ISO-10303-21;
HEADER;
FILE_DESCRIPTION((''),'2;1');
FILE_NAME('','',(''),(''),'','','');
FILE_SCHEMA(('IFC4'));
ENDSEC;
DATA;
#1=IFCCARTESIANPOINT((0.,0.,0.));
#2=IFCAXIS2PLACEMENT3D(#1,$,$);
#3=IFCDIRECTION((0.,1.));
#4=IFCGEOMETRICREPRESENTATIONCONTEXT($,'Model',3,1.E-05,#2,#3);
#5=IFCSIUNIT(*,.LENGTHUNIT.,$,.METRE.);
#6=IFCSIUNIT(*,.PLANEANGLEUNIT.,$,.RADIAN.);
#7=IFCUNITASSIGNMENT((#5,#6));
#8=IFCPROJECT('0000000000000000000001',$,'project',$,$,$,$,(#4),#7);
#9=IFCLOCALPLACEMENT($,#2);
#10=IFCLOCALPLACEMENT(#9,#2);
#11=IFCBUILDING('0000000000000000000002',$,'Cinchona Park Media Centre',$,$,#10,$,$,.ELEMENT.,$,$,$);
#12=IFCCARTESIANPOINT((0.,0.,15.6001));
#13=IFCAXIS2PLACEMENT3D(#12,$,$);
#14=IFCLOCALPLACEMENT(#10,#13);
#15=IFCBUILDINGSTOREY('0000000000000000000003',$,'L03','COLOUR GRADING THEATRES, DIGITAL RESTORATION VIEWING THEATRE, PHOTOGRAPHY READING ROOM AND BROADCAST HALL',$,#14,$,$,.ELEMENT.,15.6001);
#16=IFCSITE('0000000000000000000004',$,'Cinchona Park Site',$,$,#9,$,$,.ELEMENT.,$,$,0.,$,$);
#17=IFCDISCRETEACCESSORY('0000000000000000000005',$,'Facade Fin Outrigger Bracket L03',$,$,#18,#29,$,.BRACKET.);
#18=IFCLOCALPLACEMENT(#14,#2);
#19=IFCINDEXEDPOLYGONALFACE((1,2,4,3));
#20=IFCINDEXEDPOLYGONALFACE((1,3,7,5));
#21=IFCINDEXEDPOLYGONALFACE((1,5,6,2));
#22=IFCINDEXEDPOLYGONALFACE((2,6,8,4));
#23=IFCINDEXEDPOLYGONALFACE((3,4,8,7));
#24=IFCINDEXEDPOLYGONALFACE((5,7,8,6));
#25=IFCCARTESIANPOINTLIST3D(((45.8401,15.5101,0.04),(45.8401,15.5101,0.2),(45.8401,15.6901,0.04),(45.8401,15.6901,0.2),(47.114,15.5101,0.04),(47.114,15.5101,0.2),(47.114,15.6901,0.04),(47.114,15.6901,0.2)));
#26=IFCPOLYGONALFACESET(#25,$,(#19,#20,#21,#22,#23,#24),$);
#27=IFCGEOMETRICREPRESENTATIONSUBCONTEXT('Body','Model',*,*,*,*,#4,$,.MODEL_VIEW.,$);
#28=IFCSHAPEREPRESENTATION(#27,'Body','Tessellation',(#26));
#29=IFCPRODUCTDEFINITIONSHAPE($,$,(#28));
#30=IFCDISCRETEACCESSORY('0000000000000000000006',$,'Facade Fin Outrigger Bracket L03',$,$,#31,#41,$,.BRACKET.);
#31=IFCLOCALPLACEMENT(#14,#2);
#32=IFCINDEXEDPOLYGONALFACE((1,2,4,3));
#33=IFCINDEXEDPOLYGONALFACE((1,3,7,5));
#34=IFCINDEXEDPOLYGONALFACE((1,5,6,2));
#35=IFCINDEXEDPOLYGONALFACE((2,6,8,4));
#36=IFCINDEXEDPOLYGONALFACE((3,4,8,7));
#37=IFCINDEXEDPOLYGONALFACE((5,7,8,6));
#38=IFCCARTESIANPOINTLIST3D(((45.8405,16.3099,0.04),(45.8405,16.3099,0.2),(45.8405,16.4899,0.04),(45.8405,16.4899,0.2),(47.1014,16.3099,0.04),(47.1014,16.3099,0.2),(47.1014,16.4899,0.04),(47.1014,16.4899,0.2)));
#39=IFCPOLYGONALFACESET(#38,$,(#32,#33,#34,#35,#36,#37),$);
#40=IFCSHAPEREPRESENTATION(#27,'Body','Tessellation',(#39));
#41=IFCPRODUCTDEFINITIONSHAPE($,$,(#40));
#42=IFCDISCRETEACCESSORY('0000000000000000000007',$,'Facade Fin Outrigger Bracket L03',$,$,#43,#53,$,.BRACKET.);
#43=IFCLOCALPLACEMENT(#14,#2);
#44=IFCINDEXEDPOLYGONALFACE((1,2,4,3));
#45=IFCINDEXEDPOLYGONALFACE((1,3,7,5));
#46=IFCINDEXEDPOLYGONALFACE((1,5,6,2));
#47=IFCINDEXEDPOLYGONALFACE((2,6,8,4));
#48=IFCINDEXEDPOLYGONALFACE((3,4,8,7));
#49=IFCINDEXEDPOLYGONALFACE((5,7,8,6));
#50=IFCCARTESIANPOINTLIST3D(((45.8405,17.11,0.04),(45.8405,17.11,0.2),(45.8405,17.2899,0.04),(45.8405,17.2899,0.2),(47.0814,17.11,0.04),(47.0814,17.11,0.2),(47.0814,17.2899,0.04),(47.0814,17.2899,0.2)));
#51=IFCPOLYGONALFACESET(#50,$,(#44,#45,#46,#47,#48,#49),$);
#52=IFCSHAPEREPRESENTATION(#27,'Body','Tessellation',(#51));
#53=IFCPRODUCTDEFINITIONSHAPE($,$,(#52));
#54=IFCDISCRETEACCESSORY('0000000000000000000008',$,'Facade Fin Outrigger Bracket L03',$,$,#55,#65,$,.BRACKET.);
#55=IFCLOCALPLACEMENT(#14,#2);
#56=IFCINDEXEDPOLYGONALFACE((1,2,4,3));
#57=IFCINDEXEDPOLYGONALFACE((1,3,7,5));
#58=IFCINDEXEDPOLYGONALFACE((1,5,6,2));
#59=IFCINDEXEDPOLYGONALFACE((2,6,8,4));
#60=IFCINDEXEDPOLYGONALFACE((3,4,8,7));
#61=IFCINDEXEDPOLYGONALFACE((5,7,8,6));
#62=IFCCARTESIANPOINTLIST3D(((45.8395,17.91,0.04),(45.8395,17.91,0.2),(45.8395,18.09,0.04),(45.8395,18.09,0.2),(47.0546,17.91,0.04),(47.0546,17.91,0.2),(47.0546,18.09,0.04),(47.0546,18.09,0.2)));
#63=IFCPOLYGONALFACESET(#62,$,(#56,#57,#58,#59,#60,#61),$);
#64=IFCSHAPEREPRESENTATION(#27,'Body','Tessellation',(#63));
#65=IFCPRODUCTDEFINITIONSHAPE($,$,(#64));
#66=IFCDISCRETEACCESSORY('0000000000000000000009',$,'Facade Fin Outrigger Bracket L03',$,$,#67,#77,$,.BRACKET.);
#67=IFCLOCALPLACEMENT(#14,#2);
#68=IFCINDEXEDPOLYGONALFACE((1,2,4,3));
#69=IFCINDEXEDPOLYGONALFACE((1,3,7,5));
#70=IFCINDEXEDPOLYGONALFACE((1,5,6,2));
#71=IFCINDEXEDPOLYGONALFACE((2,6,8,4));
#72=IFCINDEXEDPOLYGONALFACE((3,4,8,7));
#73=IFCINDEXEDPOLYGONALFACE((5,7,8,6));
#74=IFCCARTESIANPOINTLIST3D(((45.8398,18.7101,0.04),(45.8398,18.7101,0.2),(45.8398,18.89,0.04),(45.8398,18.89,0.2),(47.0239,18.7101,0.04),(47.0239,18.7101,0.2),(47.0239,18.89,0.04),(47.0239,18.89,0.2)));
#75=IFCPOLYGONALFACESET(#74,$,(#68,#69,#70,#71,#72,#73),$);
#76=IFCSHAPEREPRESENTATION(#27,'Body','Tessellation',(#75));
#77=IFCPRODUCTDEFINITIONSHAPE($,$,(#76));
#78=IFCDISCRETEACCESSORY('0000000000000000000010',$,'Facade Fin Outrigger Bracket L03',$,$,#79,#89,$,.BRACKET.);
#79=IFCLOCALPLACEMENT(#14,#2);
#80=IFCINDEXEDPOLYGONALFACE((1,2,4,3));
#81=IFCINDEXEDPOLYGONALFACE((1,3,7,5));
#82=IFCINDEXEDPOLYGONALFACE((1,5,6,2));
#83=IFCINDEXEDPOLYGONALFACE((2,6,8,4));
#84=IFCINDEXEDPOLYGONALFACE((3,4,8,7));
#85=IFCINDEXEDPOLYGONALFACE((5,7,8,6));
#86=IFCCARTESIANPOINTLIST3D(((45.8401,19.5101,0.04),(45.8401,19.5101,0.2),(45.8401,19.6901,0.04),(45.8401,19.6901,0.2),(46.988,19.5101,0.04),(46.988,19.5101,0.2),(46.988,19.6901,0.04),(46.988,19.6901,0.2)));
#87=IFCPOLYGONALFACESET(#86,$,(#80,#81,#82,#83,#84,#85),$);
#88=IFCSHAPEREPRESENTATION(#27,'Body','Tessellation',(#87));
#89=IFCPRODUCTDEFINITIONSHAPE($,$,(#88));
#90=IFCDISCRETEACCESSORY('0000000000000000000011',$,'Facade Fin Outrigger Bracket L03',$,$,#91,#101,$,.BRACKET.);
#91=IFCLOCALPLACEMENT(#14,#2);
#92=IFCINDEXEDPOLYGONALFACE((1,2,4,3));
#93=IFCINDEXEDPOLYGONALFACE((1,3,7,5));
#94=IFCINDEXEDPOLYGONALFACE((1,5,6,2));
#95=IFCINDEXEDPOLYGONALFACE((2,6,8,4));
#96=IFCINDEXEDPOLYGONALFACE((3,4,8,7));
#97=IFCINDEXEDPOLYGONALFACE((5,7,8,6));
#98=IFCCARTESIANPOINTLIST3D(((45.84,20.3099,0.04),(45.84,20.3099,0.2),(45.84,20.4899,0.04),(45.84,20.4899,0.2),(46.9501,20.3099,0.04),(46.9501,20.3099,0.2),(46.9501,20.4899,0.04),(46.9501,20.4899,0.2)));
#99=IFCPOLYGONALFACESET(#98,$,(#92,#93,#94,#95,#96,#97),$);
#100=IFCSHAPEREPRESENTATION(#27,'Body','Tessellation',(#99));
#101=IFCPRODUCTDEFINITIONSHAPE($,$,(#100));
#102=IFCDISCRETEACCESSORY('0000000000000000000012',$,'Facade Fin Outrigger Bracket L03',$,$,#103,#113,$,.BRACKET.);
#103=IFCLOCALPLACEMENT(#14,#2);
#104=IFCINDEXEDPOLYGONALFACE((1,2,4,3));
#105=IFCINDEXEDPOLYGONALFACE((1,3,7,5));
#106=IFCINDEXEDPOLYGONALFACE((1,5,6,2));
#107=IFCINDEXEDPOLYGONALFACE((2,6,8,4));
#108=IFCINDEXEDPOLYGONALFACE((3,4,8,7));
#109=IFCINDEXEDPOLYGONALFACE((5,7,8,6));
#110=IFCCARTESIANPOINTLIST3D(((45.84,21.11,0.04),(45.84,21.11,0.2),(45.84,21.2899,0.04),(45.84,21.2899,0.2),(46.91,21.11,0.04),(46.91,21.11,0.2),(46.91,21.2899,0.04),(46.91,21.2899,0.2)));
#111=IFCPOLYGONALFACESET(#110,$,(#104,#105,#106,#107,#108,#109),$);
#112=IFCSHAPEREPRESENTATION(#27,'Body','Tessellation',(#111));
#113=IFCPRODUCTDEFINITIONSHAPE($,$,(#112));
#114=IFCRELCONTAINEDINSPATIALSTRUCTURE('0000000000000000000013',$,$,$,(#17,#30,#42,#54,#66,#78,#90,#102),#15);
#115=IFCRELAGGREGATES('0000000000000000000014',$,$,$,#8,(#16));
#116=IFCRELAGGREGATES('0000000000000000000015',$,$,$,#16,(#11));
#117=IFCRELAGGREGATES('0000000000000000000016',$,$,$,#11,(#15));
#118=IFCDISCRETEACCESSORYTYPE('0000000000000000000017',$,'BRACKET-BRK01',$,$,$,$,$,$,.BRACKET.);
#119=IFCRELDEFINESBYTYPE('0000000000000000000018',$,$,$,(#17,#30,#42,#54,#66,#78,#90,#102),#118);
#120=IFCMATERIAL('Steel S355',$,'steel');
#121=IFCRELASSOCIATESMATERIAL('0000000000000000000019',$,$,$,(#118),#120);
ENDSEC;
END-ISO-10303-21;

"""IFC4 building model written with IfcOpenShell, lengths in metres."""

from ifc_helpers import new_model, si_unit, direction, frame, origin, origin_2d, place, context, subcontext, project, spatial, rectangle, extrude, material, type_object, element, save


model = new_model("IFC4")

# Units and contexts
model_context = context("Model", 3, precision=1e-05, world=origin(), true_north=direction((0.0, 1.0)))
body_context = subcontext(model_context, "Body", "Model", "MODEL_VIEW")
ifc_project = project(units=[si_unit("LENGTHUNIT", "METRE"), si_unit("PLANEANGLEUNIT", "RADIAN")], contexts=[model_context])

# Site, building, storey
site_placement = place(None, origin())
site = spatial("IfcSite", under=ifc_project, at=site_placement, Name="Cinchona Park Site", CompositionType="ELEMENT", RefElevation=0.0)
building_placement = place(site_placement, origin())
building = spatial("IfcBuilding", under=site, at=building_placement, Name="Cinchona Park Media Centre", CompositionType="ELEMENT")
storey_placement = place(building_placement, frame((0.0, 0.0, 15.6001)))
storey = spatial("IfcBuildingStorey", under=building, at=storey_placement, Name="L03", Description="COLOUR GRADING THEATRES, DIGITAL RESTORATION VIEWING THEATRE, PHOTOGRAPHY READING ROOM AND BROADCAST HALL", CompositionType="ELEMENT", Elevation=15.6001)

# Discrete accessories
ifc_material_1 = material(Name="Steel S355", Category="steel")
discrete_accessory_type = type_object("IfcDiscreteAccessoryType", Name="BRACKET-BRK01", PredefinedType="BRACKET", material=ifc_material_1)
discrete_accessory_1_placement = place(storey_placement, frame((46.4771, 15.6001, 0.04), z_axis=(0.0, 0.0, 1.0), x_axis=(0.0, 1.0, 0.0)))
element("IfcDiscreteAccessory", 1, at=discrete_accessory_1_placement, inside=storey, type_object=discrete_accessory_type, Name="Facade Fin Outrigger Bracket L03", PredefinedType="BRACKET", context=body_context, shape_type="SweptSolid", body=[
    extrude(rectangle(XDim=0.1799, YDim=1.2739, at=origin_2d()), origin(), (0.0, 0.0, 1.0), 0.1599),
])
discrete_accessory_2_placement = place(storey_placement, frame((46.4709, 16.3999, 0.04), z_axis=(0.0, 0.0, 1.0), x_axis=(0.0, 1.0, 0.0)))
element("IfcDiscreteAccessory", 2, at=discrete_accessory_2_placement, inside=storey, type_object=discrete_accessory_type, Name="Facade Fin Outrigger Bracket L03", PredefinedType="BRACKET", context=body_context, shape_type="SweptSolid", body=[
    extrude(rectangle(XDim=0.1799, YDim=1.261, at=origin_2d()), origin(), (0.0, 0.0, 1.0), 0.1599),
])
discrete_accessory_3_placement = place(storey_placement, frame((46.4609, 17.2, 0.04), z_axis=(0.0, 0.0, 1.0), x_axis=(0.0, 1.0, 0.0)))
element("IfcDiscreteAccessory", 3, at=discrete_accessory_3_placement, inside=storey, type_object=discrete_accessory_type, Name="Facade Fin Outrigger Bracket L03", PredefinedType="BRACKET", context=body_context, shape_type="SweptSolid", body=[
    extrude(rectangle(XDim=0.1799, YDim=1.241, at=origin_2d()), origin(), (0.0, 0.0, 1.0), 0.1599),
])
discrete_accessory_4_placement = place(storey_placement, frame((46.447, 18.0, 0.04), z_axis=(0.0, 0.0, 1.0), x_axis=(0.0, 1.0, 0.0)))
element("IfcDiscreteAccessory", 4, at=discrete_accessory_4_placement, inside=storey, type_object=discrete_accessory_type, Name="Facade Fin Outrigger Bracket L03", PredefinedType="BRACKET", context=body_context, shape_type="SweptSolid", body=[
    extrude(rectangle(XDim=0.1799, YDim=1.2151, at=origin_2d()), origin(), (0.0, 0.0, 1.0), 0.1599),
])
discrete_accessory_5_placement = place(storey_placement, frame((46.4319, 18.8, 0.04), z_axis=(0.0, 0.0, 1.0), x_axis=(0.0, 1.0, 0.0)))
element("IfcDiscreteAccessory", 5, at=discrete_accessory_5_placement, inside=storey, type_object=discrete_accessory_type, Name="Facade Fin Outrigger Bracket L03", PredefinedType="BRACKET", context=body_context, shape_type="SweptSolid", body=[
    extrude(rectangle(XDim=0.1799, YDim=1.1841, at=origin_2d()), origin(), (0.0, 0.0, 1.0), 0.1599),
])
discrete_accessory_6_placement = place(storey_placement, frame((46.4141, 19.6001, 0.04), z_axis=(0.0, 0.0, 1.0), x_axis=(0.0, 1.0, 0.0)))
element("IfcDiscreteAccessory", 6, at=discrete_accessory_6_placement, inside=storey, type_object=discrete_accessory_type, Name="Facade Fin Outrigger Bracket L03", PredefinedType="BRACKET", context=body_context, shape_type="SweptSolid", body=[
    extrude(rectangle(XDim=0.1799, YDim=1.1479, at=origin_2d()), origin(), (0.0, 0.0, 1.0), 0.1599),
])
discrete_accessory_7_placement = place(storey_placement, frame((46.395, 20.3999, 0.04), z_axis=(0.0, 0.0, 1.0), x_axis=(0.0, 1.0, 0.0)))
element("IfcDiscreteAccessory", 7, at=discrete_accessory_7_placement, inside=storey, type_object=discrete_accessory_type, Name="Facade Fin Outrigger Bracket L03", PredefinedType="BRACKET", context=body_context, shape_type="SweptSolid", body=[
    extrude(rectangle(XDim=0.1799, YDim=1.1101, at=origin_2d()), origin(), (0.0, 0.0, 1.0), 0.1599),
])
discrete_accessory_8_placement = place(storey_placement, frame((46.375, 21.2, 0.04), z_axis=(0.0, 0.0, 1.0), x_axis=(0.0, 1.0, 0.0)))
element("IfcDiscreteAccessory", 8, at=discrete_accessory_8_placement, inside=storey, type_object=discrete_accessory_type, Name="Facade Fin Outrigger Bracket L03", PredefinedType="BRACKET", context=body_context, shape_type="SweptSolid", body=[
    extrude(rectangle(XDim=0.1799, YDim=1.0701, at=origin_2d()), origin(), (0.0, 0.0, 1.0), 0.1599),
])

save(model, "model.ifc")
